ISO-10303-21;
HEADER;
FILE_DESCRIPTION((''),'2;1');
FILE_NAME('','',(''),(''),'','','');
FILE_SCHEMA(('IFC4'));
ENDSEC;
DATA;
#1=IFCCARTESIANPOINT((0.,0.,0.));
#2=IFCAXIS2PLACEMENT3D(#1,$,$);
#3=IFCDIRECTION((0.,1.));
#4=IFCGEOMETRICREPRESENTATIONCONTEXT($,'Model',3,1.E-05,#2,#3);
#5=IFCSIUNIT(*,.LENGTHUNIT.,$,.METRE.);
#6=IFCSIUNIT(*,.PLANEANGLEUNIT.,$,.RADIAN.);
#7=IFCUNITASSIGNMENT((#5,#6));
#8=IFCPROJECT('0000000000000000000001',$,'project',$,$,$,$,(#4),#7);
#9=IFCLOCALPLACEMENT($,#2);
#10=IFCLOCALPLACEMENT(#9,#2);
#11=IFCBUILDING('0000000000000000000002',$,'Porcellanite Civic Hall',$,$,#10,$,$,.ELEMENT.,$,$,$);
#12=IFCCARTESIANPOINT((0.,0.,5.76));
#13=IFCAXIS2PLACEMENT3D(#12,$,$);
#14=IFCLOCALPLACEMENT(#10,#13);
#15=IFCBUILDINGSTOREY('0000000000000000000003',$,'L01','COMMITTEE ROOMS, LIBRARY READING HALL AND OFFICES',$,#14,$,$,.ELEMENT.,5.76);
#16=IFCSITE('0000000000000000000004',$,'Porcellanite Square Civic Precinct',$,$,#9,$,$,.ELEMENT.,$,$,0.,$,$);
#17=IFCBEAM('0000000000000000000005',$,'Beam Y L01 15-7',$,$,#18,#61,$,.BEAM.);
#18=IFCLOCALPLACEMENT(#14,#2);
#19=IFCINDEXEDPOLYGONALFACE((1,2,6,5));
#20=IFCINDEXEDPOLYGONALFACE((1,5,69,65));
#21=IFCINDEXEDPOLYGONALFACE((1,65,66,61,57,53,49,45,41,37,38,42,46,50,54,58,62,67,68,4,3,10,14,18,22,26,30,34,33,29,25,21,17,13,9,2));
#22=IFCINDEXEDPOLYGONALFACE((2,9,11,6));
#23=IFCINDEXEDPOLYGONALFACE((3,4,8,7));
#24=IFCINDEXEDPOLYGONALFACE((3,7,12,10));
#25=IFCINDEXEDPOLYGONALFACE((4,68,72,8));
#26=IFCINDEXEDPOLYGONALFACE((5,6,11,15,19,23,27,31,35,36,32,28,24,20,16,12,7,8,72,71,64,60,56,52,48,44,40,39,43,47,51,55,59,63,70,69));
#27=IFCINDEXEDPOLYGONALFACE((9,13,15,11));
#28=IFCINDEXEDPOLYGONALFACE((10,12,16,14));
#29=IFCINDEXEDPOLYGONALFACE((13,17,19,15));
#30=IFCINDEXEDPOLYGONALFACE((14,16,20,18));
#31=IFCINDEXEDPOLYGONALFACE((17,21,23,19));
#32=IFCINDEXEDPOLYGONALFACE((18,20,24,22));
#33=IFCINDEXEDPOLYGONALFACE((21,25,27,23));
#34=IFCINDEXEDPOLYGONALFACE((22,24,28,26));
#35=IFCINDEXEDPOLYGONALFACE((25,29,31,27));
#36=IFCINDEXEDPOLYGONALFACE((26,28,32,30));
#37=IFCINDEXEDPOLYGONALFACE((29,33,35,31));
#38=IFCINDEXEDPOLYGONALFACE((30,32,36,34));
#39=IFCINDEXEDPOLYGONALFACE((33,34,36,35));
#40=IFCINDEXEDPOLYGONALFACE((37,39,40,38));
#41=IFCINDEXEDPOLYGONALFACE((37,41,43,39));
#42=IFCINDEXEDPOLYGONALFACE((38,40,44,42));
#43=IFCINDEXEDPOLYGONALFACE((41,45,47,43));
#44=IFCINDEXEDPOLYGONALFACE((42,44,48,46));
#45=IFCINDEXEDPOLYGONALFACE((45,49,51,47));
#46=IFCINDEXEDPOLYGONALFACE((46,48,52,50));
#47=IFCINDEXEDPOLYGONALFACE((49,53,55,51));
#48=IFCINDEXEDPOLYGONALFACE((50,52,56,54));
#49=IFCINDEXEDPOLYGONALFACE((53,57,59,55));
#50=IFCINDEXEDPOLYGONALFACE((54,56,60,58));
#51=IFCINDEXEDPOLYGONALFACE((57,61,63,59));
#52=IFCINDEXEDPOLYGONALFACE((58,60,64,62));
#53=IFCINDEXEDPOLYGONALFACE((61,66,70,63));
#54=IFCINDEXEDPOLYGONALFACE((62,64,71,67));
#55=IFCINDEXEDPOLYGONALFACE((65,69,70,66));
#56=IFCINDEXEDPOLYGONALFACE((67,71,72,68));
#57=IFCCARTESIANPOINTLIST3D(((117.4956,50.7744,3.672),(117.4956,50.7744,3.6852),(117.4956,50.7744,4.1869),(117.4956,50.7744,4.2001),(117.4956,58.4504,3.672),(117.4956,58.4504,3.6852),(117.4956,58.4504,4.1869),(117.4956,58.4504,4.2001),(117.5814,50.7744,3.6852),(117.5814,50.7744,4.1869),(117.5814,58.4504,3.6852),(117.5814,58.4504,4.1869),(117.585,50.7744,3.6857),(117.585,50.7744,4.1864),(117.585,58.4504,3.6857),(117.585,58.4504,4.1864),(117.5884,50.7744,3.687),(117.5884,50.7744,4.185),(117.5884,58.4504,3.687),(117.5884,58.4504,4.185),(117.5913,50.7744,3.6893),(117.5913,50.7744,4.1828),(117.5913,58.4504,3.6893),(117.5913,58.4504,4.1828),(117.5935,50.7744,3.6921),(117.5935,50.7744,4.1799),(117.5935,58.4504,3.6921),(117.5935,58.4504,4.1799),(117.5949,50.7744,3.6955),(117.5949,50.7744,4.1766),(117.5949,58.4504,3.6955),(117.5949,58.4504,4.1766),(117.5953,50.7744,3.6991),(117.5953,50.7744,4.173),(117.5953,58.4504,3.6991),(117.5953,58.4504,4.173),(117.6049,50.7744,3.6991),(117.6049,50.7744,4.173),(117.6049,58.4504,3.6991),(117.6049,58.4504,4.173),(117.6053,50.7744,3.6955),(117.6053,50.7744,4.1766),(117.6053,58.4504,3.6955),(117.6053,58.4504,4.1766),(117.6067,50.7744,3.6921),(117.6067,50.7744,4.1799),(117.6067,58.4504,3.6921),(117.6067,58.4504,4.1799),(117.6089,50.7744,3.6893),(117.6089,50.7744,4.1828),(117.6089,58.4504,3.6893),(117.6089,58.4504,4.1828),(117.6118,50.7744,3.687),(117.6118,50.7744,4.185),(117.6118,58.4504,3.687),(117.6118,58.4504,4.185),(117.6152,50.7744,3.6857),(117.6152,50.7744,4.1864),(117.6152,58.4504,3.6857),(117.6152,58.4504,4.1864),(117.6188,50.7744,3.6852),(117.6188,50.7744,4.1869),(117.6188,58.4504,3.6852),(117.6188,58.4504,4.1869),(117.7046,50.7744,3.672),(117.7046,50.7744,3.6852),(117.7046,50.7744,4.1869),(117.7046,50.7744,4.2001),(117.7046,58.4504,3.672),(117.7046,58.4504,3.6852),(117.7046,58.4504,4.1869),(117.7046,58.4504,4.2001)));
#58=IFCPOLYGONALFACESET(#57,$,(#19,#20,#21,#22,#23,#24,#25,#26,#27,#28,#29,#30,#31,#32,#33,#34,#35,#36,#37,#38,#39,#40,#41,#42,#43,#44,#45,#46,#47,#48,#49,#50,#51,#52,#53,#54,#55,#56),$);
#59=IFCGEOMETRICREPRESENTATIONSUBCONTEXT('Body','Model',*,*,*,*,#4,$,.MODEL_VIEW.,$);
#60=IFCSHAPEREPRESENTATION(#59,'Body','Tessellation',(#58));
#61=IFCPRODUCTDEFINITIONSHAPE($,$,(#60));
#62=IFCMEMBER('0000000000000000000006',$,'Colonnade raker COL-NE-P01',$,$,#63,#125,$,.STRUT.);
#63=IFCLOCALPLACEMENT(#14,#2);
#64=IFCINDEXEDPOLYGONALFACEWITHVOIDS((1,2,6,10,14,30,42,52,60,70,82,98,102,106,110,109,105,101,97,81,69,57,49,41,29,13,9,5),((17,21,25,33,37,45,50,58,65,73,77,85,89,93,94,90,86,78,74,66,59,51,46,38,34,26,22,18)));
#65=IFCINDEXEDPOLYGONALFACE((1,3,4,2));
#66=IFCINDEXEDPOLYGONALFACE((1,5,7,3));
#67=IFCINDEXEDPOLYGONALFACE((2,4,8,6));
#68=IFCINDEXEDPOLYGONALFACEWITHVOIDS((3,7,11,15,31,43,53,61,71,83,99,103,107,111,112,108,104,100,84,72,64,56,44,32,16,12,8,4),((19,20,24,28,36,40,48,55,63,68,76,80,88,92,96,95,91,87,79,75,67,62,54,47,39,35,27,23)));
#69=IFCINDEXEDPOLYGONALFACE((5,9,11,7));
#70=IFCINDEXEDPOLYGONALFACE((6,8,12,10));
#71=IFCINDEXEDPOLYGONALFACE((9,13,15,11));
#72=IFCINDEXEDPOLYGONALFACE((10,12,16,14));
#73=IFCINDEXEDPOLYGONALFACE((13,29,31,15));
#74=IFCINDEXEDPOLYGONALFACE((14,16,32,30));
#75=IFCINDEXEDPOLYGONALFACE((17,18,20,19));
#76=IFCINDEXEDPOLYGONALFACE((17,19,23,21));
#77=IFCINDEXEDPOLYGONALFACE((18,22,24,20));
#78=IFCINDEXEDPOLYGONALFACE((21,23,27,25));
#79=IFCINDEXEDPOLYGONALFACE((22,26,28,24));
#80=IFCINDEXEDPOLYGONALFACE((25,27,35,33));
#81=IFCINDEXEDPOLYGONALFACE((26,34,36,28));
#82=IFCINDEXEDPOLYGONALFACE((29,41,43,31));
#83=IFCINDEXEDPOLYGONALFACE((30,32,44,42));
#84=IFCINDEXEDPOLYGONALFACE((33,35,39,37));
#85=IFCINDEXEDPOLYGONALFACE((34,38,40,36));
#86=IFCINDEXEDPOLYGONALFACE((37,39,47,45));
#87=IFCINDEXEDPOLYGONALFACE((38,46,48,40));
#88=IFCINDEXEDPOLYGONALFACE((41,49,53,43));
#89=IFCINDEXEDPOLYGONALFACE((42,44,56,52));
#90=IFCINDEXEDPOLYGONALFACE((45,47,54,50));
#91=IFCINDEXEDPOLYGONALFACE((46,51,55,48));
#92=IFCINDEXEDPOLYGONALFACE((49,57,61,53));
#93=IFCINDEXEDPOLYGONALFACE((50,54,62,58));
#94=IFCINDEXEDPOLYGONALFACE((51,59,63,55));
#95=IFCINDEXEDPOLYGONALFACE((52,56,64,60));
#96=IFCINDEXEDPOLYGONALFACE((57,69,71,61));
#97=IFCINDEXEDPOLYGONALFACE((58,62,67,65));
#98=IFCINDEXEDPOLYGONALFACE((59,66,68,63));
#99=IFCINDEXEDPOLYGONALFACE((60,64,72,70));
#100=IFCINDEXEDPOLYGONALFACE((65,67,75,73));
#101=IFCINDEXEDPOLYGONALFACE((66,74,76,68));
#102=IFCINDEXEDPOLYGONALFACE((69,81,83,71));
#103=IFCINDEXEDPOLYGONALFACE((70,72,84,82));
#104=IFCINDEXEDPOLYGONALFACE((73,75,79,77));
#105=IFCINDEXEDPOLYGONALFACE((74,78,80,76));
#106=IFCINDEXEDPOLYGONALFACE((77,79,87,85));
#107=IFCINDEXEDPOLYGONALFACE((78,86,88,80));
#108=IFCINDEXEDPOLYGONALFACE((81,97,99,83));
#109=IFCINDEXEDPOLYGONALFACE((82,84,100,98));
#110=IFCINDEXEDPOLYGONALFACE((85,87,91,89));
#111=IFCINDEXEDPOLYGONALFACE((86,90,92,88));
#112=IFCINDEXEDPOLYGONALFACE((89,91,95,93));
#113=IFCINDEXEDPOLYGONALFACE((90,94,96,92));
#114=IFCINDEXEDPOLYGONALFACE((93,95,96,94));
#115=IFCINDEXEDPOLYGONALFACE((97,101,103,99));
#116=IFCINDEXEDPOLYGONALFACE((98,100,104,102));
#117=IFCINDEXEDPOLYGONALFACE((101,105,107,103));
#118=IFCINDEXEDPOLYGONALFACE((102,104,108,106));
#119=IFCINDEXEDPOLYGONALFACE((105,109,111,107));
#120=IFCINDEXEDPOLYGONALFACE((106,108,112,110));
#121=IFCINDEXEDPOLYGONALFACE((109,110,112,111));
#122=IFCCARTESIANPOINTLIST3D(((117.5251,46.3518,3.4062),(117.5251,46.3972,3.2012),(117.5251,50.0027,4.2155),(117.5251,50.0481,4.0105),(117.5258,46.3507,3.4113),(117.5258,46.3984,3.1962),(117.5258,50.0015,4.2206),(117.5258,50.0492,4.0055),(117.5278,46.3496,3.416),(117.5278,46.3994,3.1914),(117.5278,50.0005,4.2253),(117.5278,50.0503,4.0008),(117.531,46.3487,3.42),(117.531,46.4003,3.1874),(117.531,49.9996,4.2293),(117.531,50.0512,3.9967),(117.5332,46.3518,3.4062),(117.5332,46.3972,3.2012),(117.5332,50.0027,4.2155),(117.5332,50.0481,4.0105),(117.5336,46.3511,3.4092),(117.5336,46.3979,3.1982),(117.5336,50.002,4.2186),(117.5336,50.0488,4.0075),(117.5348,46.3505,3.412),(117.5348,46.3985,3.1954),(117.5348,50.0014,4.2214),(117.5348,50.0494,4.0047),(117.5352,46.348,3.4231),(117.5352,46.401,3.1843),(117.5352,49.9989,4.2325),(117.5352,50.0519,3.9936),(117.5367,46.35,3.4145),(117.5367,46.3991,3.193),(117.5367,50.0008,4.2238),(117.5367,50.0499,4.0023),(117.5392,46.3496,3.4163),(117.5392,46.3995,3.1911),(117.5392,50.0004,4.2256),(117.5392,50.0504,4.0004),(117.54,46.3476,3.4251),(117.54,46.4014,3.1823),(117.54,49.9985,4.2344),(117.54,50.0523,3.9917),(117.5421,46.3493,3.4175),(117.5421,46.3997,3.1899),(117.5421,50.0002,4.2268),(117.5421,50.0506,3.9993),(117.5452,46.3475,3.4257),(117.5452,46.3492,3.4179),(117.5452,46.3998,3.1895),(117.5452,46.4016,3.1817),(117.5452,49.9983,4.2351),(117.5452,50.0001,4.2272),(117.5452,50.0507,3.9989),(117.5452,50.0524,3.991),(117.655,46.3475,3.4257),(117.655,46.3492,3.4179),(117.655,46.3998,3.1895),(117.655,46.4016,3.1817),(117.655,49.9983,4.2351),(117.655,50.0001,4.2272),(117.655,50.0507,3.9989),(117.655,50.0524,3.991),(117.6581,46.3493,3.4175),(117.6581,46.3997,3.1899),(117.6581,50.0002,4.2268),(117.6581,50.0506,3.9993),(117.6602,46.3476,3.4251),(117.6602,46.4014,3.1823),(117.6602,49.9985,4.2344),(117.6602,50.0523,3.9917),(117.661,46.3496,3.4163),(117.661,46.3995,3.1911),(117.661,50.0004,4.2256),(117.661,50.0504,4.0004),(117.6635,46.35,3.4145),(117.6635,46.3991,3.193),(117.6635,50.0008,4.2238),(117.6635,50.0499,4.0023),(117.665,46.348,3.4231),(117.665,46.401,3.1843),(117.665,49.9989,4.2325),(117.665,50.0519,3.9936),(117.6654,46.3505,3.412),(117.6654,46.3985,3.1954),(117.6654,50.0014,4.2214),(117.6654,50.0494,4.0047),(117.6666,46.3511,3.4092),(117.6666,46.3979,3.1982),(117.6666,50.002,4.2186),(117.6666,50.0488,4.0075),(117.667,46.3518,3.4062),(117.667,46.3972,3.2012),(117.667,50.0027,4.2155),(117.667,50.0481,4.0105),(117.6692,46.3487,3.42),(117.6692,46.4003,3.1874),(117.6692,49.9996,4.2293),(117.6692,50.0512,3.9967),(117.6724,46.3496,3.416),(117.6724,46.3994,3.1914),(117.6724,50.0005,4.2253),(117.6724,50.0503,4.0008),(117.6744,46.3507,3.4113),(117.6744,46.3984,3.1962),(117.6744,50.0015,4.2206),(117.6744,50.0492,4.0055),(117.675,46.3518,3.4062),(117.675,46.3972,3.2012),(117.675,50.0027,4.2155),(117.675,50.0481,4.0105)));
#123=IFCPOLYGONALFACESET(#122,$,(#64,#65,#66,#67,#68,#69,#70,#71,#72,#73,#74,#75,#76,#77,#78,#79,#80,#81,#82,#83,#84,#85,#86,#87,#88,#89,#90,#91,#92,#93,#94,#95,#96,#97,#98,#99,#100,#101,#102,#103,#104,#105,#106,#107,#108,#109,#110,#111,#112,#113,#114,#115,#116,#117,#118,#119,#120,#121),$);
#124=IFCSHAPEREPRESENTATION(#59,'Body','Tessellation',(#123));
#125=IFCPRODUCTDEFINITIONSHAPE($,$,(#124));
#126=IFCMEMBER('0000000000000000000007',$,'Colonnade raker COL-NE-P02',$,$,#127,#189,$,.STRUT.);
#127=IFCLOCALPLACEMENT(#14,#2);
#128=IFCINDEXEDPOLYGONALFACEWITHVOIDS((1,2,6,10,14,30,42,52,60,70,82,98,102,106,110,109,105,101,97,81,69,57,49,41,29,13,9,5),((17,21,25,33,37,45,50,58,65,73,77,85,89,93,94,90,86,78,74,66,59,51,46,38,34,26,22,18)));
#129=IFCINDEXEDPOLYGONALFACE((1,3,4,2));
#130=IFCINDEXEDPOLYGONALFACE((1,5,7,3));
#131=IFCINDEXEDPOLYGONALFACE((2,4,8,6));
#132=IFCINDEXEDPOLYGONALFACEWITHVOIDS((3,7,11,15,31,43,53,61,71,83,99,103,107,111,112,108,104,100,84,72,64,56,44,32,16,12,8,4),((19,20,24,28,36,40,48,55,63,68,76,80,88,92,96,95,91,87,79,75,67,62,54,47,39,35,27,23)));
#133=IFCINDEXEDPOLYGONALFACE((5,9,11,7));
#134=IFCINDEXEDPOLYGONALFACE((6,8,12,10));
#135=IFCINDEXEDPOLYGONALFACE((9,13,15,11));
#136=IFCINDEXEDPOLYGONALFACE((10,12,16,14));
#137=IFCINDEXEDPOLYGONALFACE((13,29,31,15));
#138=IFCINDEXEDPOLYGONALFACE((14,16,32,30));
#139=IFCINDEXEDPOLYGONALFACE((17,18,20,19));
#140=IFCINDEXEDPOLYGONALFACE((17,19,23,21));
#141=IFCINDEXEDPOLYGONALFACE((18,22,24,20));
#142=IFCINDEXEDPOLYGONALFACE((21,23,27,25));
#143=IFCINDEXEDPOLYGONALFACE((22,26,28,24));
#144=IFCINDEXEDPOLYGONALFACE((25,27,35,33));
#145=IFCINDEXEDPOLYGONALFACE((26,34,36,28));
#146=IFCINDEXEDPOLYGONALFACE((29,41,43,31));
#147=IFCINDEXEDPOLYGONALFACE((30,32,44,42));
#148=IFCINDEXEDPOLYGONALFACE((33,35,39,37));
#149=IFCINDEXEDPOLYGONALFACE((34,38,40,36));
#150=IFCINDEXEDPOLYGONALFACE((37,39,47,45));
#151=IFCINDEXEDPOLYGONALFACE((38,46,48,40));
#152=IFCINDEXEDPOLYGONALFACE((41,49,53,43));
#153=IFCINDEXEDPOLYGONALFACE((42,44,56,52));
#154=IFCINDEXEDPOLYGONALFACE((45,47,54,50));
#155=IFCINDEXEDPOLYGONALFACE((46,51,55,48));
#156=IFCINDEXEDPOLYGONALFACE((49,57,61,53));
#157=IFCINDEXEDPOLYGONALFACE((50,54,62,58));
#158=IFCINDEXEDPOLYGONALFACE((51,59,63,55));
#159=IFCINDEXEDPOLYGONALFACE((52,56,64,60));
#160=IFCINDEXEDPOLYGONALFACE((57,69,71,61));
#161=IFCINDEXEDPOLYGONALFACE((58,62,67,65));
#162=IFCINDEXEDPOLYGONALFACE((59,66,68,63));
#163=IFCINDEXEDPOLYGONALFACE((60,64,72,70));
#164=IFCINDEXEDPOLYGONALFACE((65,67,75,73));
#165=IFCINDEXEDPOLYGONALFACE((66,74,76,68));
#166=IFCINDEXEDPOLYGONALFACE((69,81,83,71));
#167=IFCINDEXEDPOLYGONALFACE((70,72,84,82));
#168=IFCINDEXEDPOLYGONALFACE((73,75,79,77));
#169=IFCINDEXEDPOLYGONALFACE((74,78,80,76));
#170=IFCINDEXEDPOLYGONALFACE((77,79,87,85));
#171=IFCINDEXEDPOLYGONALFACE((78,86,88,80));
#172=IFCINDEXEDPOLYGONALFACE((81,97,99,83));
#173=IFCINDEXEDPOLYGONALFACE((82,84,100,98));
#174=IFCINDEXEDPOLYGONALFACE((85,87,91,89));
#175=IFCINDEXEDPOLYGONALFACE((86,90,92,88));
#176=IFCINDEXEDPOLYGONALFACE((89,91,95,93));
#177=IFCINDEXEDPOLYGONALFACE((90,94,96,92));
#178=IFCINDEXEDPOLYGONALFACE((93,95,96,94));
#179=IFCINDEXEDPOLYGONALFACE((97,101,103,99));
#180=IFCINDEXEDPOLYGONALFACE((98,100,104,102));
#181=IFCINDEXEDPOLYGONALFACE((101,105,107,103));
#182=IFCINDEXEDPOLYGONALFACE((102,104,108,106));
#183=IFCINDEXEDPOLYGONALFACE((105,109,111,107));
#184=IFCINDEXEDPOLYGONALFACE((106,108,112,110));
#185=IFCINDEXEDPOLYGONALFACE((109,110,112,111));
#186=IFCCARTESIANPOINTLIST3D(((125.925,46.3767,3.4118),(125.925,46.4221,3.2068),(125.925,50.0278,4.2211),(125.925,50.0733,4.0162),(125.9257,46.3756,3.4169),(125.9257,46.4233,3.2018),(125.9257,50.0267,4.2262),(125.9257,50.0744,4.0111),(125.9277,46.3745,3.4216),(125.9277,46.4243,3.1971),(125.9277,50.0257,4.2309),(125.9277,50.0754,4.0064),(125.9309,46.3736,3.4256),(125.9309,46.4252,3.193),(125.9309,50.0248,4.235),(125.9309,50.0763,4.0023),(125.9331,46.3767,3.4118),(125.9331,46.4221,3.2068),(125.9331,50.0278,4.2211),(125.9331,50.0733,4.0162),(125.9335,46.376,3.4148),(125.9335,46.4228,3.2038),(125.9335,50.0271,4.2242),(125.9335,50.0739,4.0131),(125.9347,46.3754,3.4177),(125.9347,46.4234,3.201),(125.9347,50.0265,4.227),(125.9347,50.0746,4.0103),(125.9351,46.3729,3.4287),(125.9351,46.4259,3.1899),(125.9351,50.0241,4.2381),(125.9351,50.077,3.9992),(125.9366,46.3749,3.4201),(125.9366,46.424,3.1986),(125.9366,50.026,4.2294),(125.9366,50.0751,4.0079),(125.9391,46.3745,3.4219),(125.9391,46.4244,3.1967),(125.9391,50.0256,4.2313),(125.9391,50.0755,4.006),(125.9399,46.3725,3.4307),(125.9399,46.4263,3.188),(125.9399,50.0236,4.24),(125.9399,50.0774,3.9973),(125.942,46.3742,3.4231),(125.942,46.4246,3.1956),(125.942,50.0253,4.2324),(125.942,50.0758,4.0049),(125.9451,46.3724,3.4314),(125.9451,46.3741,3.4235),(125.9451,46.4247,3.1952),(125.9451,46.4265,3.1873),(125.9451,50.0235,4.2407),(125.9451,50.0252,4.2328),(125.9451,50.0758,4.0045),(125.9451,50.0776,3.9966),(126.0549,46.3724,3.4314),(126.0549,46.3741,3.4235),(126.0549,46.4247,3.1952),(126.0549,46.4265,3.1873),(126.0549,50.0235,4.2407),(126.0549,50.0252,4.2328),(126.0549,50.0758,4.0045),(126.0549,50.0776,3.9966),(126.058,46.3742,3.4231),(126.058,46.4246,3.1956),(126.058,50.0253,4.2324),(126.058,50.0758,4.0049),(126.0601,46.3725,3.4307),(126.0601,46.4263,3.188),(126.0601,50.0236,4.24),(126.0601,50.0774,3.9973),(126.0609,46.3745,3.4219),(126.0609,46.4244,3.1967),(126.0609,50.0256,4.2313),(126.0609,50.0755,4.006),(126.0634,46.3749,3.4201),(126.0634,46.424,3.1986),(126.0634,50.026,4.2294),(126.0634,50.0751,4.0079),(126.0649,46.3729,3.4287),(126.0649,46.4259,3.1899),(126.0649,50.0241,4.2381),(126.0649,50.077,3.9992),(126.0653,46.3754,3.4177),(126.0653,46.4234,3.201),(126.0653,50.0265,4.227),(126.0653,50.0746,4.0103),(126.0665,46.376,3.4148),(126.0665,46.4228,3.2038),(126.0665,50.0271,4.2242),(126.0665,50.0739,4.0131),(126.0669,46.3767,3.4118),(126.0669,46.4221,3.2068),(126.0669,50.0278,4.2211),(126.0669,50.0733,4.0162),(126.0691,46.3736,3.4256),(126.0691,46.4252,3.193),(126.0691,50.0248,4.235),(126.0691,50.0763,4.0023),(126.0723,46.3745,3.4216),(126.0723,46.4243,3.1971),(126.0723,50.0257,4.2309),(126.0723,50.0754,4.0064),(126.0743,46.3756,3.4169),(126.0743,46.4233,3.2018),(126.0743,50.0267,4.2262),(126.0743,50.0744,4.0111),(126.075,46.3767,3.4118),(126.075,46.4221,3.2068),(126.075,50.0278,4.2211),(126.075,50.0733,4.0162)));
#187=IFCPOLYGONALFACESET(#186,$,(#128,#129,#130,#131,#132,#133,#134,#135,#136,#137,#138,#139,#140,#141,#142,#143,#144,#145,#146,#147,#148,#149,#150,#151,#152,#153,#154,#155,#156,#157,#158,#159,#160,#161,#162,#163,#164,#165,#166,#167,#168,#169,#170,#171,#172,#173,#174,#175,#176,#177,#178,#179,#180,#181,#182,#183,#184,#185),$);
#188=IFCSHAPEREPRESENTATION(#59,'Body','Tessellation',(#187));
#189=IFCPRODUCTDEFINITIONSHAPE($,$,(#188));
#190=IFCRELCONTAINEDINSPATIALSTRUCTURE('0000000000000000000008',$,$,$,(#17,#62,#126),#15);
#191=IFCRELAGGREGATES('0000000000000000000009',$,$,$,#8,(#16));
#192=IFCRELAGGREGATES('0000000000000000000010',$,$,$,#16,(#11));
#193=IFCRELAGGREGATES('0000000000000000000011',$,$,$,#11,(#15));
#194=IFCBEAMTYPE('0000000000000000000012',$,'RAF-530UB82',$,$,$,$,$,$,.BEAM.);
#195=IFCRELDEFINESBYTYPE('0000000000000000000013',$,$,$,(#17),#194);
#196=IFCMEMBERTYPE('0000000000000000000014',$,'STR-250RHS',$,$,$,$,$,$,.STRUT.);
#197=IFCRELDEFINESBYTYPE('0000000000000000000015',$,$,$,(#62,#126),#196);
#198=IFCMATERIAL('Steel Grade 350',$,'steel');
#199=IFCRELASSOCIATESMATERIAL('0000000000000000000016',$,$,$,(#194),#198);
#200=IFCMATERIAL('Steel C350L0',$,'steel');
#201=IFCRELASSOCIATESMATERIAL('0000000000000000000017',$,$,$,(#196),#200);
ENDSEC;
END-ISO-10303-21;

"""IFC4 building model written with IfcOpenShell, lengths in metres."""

from ifc_helpers import new_model, si_unit, direction, frame, origin, origin_2d, place, context, subcontext, project, spatial, hollow_rectangle, i_section, extrude, material, material_profile, profile_set, type_object, element, save


model = new_model("IFC4")

# Units and contexts
model_context = context("Model", 3, precision=1e-05, world=origin(), true_north=direction((0.0, 1.0)))
body_context = subcontext(model_context, "Body", "Model", "MODEL_VIEW")
ifc_project = project(units=[si_unit("LENGTHUNIT", "METRE"), si_unit("PLANEANGLEUNIT", "RADIAN")], contexts=[model_context])

# Site, building, storey
site_placement = place(None, origin())
site = spatial("IfcSite", under=ifc_project, at=site_placement, Name="Porcellanite Square Civic Precinct", CompositionType="ELEMENT", RefElevation=0.0)
building_placement = place(site_placement, origin())
building = spatial("IfcBuilding", under=site, at=building_placement, Name="Porcellanite Civic Hall", CompositionType="ELEMENT")
storey_placement = place(building_placement, frame((0.0, 0.0, 5.76)))
storey = spatial("IfcBuildingStorey", under=building, at=storey_placement, Name="L01", Description="COMMITTEE ROOMS, LIBRARY READING HALL AND OFFICES", CompositionType="ELEMENT", Elevation=5.76)

# Beam
ifc_material_1 = material(Name="Steel Grade 350", Category="steel")
ifc_material_profile_1 = material_profile(ifc_material_1, i_section(OverallWidth=0.209, OverallDepth=0.5281, WebThickness=0.0095, FlangeThickness=0.0132, FilletRadius=0.0139, at=origin_2d()), Name="530UB82.0")
ifc_profile_set_1 = profile_set([ifc_material_profile_1], Name="Steel Grade 350")
beam_type_1 = type_object("IfcBeamType", Name="RAF-530UB82", PredefinedType="BEAM", material=ifc_profile_set_1)
beam_1_placement = place(storey_placement, frame((117.6001, 50.7744, 3.936), z_axis=(0.0, 1.0, 0.0), x_axis=(-1.0, 0.0, 0.0)))
element("IfcBeam", 1, at=beam_1_placement, inside=storey, type_object=beam_type_1, Name="Beam Y L01 15-7", PredefinedType="BEAM", context=body_context, shape_type="SweptSolid", body=[
    extrude(i_section(OverallWidth=0.209, OverallDepth=0.5281, WebThickness=0.0095, FlangeThickness=0.0132, FilletRadius=0.0139, at=origin_2d()), origin(), (0.0, 0.0, 1.0), 7.676),
])

# Members
ifc_material_2 = material(Name="Steel C350L0", Category="steel")
ifc_material_profile_2 = material_profile(ifc_material_2, hollow_rectangle(XDim=0.1499, YDim=0.25, WallThickness=0.0081, InnerFilletRadius=0.012, OuterFilletRadius=0.02, at=origin_2d()), Name="250x150x8.0RHS")
ifc_profile_set_2 = profile_set([ifc_material_profile_2], Name="Steel C350L0")
member_type = type_object("IfcMemberType", Name="STR-250RHS", PredefinedType="STRUT", material=ifc_profile_set_2)
member_1_placement = place(storey_placement, frame((117.6001, 50.0254, 4.113), z_axis=(0.0, -0.976299, -0.216426), x_axis=(1.0, 0.0, 0.0)))
element("IfcMember", 2, at=member_1_placement, inside=storey, type_object=member_type, Name="Colonnade raker COL-NE-P01", PredefinedType="STRUT", context=body_context, shape_type="SweptSolid", body=[
    extrude(hollow_rectangle(XDim=0.1499, YDim=0.25, WallThickness=0.0081, InnerFilletRadius=0.012, OuterFilletRadius=0.02, at=origin_2d()), origin(), (0.0, 0.0, 1.0), 3.7395),
])
member_2_placement = place(storey_placement, frame((126.0, 50.0505, 4.1187), z_axis=(0.0, -0.976302, -0.216412), x_axis=(1.0, 0.0, 0.0)))
element("IfcMember", 3, at=member_2_placement, inside=storey, type_object=member_type, Name="Colonnade raker COL-NE-P02", PredefinedType="STRUT", context=body_context, shape_type="SweptSolid", body=[
    extrude(hollow_rectangle(XDim=0.1499, YDim=0.25, WallThickness=0.0081, InnerFilletRadius=0.012, OuterFilletRadius=0.02, at=origin_2d()), origin(), (0.0, 0.0, 1.0), 3.7397),
])

save(model, "model.ifc")
